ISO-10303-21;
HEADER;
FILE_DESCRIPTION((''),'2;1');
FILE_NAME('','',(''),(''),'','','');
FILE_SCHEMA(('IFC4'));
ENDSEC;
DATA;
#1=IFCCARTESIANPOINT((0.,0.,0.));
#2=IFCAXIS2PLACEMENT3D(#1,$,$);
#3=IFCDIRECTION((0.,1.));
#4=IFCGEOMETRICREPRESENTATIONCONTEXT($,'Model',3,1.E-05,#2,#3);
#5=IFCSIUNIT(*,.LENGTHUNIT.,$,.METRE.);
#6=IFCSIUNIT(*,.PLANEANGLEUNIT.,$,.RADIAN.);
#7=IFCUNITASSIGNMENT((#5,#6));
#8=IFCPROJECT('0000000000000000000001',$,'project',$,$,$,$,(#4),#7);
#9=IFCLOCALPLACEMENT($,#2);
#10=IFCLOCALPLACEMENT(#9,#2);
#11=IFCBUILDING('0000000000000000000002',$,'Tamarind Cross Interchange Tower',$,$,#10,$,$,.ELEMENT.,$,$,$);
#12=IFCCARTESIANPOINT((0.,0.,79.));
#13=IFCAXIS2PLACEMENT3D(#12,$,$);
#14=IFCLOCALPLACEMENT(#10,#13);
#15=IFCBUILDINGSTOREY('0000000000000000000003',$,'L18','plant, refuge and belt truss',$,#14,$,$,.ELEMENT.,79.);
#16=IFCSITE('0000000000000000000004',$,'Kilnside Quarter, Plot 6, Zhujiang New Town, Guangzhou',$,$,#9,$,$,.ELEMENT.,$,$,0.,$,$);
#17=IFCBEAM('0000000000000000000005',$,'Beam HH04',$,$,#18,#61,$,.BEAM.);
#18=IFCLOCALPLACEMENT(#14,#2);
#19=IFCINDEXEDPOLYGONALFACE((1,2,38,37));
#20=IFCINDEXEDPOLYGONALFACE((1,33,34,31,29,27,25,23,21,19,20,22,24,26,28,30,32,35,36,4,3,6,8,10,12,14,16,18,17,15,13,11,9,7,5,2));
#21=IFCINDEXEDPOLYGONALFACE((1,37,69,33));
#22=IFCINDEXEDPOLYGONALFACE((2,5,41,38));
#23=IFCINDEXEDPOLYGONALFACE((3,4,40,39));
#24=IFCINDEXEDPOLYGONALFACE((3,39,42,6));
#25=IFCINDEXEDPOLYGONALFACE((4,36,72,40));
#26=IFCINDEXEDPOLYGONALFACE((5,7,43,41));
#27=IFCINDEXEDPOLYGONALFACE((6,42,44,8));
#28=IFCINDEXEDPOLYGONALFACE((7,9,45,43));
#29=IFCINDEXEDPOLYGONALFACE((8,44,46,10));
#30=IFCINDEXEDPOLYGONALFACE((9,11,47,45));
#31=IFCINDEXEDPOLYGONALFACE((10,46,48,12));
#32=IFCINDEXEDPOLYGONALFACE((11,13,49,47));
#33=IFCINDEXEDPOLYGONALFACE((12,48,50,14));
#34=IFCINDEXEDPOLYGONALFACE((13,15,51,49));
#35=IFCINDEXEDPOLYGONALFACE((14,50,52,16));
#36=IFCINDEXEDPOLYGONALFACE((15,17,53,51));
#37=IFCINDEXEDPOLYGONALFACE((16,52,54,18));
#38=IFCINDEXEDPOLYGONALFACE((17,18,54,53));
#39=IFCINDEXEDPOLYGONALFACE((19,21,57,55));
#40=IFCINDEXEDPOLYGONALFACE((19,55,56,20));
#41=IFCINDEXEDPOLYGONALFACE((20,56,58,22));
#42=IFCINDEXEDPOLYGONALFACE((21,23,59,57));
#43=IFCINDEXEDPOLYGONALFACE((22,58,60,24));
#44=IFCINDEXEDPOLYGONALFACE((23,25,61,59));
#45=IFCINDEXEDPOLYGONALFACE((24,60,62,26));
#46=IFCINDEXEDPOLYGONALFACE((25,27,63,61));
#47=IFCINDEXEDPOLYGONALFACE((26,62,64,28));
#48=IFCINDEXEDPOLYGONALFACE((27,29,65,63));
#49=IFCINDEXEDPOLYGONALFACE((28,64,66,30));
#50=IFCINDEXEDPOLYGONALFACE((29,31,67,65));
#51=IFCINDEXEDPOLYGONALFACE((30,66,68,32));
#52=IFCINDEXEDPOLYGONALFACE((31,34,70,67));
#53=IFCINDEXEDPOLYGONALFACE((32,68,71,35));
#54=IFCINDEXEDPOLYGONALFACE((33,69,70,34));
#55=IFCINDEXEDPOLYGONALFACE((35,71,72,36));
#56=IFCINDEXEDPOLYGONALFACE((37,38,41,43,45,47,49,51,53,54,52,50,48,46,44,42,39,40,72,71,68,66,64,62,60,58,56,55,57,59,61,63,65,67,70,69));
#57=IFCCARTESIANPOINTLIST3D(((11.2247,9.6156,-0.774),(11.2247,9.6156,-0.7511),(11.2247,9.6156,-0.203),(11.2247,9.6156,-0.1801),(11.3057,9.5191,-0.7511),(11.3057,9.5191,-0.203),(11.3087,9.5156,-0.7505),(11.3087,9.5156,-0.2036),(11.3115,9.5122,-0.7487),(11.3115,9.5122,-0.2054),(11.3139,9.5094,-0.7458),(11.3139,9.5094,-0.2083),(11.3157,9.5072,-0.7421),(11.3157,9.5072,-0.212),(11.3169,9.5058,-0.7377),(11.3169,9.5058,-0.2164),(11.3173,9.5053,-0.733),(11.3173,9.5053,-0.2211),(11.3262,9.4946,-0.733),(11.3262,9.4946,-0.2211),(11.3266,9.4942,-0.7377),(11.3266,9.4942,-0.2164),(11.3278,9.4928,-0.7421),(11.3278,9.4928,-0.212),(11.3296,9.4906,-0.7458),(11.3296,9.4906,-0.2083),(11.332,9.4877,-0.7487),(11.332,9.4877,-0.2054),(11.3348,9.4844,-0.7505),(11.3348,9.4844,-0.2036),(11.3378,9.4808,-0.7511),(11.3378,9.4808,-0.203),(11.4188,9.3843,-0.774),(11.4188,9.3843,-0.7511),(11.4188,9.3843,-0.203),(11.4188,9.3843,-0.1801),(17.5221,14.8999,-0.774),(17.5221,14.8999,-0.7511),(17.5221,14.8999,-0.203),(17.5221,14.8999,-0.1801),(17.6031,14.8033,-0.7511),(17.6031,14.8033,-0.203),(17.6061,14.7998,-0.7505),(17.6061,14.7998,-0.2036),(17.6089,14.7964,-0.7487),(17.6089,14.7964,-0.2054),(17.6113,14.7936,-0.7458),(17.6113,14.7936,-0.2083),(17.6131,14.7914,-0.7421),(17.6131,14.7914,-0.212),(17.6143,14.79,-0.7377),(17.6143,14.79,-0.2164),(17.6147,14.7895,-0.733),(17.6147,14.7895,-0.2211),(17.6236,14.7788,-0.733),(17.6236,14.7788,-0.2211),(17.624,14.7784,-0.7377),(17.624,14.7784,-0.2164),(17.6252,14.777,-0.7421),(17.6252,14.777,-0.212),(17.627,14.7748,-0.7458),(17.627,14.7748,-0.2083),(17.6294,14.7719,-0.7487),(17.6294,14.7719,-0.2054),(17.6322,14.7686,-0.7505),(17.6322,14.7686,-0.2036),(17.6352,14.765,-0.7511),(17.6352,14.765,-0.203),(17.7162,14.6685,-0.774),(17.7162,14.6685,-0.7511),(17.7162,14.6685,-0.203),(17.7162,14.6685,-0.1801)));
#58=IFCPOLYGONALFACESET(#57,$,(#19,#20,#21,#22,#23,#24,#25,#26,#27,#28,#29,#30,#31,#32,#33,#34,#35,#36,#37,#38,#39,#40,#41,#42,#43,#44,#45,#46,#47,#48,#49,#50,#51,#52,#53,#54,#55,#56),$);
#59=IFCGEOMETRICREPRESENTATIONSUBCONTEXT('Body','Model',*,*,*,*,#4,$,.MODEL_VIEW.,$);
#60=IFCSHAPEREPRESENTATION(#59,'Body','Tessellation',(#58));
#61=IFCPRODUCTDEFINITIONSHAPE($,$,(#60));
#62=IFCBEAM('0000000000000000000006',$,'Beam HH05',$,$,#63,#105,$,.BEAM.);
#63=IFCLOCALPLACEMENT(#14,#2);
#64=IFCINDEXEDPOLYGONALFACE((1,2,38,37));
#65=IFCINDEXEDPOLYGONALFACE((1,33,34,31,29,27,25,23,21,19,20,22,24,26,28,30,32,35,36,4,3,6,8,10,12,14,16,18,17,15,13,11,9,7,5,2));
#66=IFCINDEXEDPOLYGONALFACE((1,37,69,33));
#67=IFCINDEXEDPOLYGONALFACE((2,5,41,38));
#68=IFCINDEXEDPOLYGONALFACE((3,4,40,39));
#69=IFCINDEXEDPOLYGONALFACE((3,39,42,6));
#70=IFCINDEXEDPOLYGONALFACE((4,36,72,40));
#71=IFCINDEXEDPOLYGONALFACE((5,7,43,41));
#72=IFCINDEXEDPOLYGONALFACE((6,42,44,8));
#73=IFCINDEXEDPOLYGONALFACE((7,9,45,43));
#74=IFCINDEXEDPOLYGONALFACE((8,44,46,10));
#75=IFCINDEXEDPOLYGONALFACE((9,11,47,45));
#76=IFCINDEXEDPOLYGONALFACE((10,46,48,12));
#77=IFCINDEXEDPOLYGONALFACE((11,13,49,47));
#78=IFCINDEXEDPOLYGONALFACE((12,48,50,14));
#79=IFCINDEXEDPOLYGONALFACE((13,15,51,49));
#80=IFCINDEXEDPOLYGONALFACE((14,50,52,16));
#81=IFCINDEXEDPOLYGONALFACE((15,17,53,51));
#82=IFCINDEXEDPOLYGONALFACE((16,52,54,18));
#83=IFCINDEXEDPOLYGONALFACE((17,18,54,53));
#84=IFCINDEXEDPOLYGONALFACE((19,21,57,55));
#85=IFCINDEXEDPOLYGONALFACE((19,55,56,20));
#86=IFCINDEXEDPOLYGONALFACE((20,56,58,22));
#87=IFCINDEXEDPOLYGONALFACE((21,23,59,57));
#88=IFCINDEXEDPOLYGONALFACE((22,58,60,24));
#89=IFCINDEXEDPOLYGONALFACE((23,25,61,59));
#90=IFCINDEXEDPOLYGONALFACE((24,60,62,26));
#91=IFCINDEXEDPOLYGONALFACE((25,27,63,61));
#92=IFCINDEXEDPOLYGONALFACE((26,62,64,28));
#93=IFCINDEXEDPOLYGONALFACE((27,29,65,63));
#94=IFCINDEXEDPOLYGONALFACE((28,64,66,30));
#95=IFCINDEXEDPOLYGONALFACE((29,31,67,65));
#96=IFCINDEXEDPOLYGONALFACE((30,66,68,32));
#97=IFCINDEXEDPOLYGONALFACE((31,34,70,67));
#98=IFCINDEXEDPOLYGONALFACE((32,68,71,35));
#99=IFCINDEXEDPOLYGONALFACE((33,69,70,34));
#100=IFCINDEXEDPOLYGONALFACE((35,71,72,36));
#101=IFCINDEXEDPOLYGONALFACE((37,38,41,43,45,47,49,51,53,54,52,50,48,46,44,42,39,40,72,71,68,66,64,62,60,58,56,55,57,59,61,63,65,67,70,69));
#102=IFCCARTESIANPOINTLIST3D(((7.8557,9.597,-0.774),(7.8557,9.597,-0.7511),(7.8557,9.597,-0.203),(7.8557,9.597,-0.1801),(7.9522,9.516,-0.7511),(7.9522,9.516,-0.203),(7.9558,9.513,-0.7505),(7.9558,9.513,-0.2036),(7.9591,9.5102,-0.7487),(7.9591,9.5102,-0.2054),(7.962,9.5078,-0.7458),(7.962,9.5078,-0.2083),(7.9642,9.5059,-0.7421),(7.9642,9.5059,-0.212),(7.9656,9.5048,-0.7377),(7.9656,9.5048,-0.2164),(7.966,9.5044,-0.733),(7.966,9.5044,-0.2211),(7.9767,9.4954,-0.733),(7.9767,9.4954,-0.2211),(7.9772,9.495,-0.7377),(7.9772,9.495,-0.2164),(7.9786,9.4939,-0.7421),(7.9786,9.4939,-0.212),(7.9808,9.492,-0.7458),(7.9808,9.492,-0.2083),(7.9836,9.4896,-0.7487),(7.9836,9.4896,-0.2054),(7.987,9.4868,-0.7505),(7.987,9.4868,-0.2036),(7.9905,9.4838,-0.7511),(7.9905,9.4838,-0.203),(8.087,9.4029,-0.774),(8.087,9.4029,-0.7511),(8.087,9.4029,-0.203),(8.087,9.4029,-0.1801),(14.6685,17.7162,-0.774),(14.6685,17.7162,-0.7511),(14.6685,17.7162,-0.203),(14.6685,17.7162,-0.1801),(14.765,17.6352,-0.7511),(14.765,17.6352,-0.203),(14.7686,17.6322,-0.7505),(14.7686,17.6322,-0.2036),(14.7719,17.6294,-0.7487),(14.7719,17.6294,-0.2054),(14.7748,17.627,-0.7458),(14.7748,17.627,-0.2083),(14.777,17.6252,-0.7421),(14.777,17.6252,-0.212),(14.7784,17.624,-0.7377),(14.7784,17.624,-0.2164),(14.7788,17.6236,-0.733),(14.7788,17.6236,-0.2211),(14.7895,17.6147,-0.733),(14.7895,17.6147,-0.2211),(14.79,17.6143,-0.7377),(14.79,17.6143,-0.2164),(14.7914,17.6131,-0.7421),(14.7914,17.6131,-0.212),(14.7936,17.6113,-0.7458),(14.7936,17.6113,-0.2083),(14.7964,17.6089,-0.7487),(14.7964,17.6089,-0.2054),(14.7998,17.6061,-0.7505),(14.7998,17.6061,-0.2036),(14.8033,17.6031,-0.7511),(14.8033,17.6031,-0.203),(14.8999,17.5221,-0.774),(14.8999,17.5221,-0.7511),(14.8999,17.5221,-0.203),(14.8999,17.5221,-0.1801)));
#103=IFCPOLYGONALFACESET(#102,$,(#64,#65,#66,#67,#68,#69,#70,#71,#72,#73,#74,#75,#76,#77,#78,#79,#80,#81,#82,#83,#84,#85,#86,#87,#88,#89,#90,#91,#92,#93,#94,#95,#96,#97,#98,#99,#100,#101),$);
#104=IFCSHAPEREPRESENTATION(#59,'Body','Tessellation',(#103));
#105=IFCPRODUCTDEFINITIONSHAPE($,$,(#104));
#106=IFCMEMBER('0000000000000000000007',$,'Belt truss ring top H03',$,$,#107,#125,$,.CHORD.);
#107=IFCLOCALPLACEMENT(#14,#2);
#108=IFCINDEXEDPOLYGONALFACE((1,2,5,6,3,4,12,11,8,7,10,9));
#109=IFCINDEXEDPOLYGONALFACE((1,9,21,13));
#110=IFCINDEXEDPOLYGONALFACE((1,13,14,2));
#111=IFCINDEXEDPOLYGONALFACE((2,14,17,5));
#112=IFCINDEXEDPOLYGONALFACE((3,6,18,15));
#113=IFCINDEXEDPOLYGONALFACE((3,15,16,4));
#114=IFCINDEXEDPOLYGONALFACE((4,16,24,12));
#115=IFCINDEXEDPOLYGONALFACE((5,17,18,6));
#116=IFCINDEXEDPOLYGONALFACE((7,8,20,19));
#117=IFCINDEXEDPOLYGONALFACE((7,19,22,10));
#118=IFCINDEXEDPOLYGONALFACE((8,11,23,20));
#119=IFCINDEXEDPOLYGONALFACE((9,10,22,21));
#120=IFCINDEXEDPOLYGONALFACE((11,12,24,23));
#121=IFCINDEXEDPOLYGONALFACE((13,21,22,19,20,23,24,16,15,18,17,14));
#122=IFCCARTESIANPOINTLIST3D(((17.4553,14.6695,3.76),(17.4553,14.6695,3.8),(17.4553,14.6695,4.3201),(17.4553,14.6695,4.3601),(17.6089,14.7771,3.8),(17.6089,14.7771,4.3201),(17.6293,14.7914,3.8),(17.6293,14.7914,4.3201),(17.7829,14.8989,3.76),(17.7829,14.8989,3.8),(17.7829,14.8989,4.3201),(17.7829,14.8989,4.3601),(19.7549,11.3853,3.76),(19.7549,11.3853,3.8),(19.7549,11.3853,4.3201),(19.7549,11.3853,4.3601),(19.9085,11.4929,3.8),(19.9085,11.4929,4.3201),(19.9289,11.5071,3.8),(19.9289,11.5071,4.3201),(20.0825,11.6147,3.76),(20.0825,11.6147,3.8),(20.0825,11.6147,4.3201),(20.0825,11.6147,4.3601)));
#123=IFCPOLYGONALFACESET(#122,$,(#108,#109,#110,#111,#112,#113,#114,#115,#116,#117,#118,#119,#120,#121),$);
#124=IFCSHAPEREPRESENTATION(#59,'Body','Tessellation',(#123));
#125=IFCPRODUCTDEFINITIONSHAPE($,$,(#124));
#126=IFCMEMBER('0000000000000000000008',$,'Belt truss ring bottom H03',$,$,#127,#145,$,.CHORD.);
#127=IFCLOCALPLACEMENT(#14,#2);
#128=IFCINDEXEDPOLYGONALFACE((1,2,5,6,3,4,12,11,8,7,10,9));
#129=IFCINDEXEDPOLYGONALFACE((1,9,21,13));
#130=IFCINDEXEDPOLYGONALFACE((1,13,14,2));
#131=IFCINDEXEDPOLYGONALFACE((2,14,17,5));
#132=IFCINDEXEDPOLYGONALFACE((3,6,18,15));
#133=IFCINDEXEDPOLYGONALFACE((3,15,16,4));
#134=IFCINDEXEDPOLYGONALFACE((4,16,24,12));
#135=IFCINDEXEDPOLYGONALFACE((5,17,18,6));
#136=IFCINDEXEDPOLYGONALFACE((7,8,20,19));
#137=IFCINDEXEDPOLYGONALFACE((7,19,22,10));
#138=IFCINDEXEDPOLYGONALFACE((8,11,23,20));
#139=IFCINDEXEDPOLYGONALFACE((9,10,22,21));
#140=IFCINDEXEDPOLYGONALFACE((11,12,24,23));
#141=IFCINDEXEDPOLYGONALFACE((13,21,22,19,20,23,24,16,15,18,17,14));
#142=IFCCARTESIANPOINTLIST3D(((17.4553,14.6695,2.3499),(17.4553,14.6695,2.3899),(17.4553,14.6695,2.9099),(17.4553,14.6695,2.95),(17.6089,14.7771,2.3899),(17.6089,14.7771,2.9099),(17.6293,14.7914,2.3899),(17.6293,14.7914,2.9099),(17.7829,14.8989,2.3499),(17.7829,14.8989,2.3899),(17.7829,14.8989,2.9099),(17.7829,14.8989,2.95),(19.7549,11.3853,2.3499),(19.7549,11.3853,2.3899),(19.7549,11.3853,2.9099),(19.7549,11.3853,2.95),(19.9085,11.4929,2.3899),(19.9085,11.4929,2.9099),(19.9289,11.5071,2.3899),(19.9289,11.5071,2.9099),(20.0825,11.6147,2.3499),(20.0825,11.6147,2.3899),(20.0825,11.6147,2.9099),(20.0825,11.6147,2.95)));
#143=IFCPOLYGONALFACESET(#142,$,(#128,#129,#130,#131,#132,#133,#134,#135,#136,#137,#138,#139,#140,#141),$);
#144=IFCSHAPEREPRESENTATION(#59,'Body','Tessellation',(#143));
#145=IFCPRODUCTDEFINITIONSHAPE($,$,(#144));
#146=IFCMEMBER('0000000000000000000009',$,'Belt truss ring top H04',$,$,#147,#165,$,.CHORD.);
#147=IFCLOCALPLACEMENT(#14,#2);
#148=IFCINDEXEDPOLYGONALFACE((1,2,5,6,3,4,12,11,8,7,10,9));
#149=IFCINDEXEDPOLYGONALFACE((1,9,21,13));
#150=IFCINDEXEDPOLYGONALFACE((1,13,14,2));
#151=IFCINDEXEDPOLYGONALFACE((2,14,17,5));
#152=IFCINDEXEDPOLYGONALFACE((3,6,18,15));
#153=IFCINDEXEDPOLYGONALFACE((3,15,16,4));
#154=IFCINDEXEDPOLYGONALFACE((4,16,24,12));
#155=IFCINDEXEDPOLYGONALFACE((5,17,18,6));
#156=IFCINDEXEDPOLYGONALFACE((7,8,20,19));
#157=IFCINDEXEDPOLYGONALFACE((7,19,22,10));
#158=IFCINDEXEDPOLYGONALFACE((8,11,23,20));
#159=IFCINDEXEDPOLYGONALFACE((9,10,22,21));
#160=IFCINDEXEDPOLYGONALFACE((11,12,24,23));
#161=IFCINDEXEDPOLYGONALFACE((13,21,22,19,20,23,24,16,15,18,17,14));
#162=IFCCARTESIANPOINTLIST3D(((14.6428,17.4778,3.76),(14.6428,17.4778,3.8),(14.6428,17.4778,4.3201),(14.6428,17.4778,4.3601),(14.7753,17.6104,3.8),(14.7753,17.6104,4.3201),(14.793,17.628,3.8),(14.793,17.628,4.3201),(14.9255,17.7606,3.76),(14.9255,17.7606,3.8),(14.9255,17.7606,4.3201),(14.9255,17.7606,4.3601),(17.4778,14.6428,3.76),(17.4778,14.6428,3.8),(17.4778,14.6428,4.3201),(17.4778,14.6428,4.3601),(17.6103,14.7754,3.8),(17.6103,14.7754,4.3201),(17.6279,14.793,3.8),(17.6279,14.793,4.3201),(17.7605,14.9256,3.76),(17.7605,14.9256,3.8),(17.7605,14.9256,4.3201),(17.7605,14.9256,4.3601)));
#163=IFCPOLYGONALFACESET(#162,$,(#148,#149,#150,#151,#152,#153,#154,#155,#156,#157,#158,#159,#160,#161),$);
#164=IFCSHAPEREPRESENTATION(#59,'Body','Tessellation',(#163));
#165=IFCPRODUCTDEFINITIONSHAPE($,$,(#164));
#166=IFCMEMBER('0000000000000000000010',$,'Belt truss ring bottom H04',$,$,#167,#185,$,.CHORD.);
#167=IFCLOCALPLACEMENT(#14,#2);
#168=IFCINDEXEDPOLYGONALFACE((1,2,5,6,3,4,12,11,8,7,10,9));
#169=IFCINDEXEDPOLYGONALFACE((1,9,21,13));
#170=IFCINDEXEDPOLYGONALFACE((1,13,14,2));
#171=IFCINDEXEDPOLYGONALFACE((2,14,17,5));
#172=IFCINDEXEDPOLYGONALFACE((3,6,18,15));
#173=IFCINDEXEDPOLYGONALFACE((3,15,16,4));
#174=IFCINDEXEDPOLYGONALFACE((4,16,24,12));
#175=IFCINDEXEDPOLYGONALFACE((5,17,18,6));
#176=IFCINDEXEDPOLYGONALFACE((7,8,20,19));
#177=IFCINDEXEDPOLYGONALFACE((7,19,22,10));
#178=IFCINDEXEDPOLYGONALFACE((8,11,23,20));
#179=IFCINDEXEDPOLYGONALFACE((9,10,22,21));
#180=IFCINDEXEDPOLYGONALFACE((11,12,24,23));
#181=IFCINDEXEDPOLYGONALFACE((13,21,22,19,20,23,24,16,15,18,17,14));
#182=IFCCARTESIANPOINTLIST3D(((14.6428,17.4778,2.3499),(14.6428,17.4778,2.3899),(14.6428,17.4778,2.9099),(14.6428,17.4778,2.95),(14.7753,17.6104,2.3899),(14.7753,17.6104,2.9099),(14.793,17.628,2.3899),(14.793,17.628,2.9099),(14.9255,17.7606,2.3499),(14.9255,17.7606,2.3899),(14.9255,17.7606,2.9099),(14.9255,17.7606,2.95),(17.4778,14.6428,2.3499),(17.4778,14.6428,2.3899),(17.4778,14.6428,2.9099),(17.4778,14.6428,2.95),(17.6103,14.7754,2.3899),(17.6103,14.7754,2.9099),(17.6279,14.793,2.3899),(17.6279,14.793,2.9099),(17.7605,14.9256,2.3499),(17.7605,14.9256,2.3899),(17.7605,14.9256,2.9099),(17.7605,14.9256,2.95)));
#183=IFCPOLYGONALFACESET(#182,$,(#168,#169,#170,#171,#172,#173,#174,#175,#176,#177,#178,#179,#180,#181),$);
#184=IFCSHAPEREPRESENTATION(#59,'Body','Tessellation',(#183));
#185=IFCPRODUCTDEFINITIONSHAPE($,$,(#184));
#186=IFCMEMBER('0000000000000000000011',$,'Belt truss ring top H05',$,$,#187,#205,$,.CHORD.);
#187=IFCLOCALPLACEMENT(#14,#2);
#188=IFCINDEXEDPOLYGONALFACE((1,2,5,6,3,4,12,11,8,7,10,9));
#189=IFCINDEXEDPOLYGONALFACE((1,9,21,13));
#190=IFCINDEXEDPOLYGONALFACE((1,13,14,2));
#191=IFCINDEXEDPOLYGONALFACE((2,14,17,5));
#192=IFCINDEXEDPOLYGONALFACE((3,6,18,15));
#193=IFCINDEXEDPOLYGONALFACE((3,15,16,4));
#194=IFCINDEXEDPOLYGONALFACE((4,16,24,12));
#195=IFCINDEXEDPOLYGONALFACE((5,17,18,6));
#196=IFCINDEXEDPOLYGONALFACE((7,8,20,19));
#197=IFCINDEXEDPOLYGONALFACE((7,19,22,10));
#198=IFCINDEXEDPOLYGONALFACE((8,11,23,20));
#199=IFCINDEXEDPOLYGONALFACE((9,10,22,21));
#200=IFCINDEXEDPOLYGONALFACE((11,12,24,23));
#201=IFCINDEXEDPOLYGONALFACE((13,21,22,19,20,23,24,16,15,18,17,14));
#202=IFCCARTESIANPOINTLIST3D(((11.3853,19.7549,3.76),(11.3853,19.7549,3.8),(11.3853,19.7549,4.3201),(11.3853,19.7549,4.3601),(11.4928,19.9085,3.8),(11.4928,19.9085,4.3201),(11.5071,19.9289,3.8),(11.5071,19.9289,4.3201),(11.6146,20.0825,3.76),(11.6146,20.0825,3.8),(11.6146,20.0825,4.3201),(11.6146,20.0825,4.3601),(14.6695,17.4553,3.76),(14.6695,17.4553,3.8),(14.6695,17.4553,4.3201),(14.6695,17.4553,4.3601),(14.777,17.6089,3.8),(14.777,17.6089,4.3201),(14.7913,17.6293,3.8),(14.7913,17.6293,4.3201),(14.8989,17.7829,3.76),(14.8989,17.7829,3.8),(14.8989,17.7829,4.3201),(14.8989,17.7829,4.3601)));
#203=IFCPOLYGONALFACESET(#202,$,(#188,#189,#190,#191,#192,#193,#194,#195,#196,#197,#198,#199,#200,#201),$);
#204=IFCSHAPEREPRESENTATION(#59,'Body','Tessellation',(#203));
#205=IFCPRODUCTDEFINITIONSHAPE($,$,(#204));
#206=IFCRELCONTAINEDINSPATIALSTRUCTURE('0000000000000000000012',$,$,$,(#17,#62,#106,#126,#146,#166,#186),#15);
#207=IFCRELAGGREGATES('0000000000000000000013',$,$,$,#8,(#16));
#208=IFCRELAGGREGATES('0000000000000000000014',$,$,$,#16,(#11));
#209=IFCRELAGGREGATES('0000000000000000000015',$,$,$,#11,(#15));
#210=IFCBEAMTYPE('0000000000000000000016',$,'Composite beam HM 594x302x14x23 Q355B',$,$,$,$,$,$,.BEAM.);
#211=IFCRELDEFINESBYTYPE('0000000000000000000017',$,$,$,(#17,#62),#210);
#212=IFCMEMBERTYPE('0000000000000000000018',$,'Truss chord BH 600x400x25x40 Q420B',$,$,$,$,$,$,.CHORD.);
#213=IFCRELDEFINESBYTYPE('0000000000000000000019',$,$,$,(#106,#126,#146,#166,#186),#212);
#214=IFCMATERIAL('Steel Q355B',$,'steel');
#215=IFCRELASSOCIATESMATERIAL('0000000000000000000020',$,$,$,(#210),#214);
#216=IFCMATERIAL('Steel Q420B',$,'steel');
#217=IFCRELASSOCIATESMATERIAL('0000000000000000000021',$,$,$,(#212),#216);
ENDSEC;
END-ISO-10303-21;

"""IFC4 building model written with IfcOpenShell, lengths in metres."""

from ifc_helpers import new_model, si_unit, direction, frame, origin, origin_2d, place, context, subcontext, project, spatial, i_section, extrude, material, material_profile, profile_set, type_object, element, save


model = new_model("IFC4")

# Units and contexts
model_context = context("Model", 3, precision=1e-05, world=origin(), true_north=direction((0.0, 1.0)))
body_context = subcontext(model_context, "Body", "Model", "MODEL_VIEW")
ifc_project = project(units=[si_unit("LENGTHUNIT", "METRE"), si_unit("PLANEANGLEUNIT", "RADIAN")], contexts=[model_context])

# Site, building, storey
site_placement = place(None, origin())
site = spatial("IfcSite", under=ifc_project, at=site_placement, Name="Kilnside Quarter, Plot 6, Zhujiang New Town, Guangzhou", CompositionType="ELEMENT", RefElevation=0.0)
building_placement = place(site_placement, origin())
building = spatial("IfcBuilding", under=site, at=building_placement, Name="Tamarind Cross Interchange Tower", CompositionType="ELEMENT")
storey_placement = place(building_placement, frame((0.0, 0.0, 79.0)))
storey = spatial("IfcBuildingStorey", under=building, at=storey_placement, Name="L18", Description="plant, refuge and belt truss", CompositionType="ELEMENT", Elevation=79.0)

# Beams
ifc_material_1 = material(Name="Steel Q355B", Category="steel")
ifc_material_profile_1 = material_profile(ifc_material_1, i_section(OverallWidth=0.302, OverallDepth=0.594, WebThickness=0.0139, FlangeThickness=0.0229, FilletRadius=0.0181, at=origin_2d()), Name="HM 594x302x14x23")
ifc_profile_set_1 = profile_set([ifc_material_profile_1], Name="Steel Q355B")
beam_type = type_object("IfcBeamType", Name="Composite beam HM 594x302x14x23 Q355B", PredefinedType="BEAM", material=ifc_profile_set_1)
beam_1_placement = place(storey_placement, frame((17.6191, 14.7842, -0.4771), z_axis=(-0.766041, -0.642792, 0.0), x_axis=(0.642792, -0.766041, 0.0)))
element("IfcBeam", 1, at=beam_1_placement, inside=storey, type_object=beam_type, Name="Beam HH04", PredefinedType="BEAM", context=body_context, shape_type="SweptSolid", body=[
    extrude(i_section(OverallWidth=0.302, OverallDepth=0.594, WebThickness=0.0139, FlangeThickness=0.0229, FilletRadius=0.0181, at=origin_2d()), origin(), (0.0, 0.0, 1.0), 8.2207),
])
beam_2_placement = place(storey_placement, frame((14.7842, 17.6191, -0.4771), z_axis=(-0.642786, -0.766046, 0.0), x_axis=(0.766046, -0.642786, 0.0)))
element("IfcBeam", 2, at=beam_2_placement, inside=storey, type_object=beam_type, Name="Beam HH05", PredefinedType="BEAM", context=body_context, shape_type="SweptSolid", body=[
    extrude(i_section(OverallWidth=0.302, OverallDepth=0.594, WebThickness=0.0139, FlangeThickness=0.0229, FilletRadius=0.0181, at=origin_2d()), origin(), (0.0, 0.0, 1.0), 10.5989),
])

# Members
ifc_material_2 = material(Name="Steel Q420B", Category="steel")
ifc_material_profile_2 = material_profile(ifc_material_2, i_section(OverallWidth=0.3999, OverallDepth=0.6001, WebThickness=0.0249, FlangeThickness=0.04, at=origin_2d()), Name="BH 600x400x25x40")
ifc_profile_set_2 = profile_set([ifc_material_profile_2], Name="Steel Q420B")
member_type_1 = type_object("IfcMemberType", Name="Truss chord BH 600x400x25x40 Q420B", PredefinedType="CHORD", material=ifc_profile_set_2)
for number, where, z_axis, x_axis, name in (
    (3, (19.9187, 11.5, 4.0601), (-0.573569, 0.819158, 0.0), (-0.819158, -0.573569, 0.0), "Belt truss ring top H03"),
    (4, (19.9187, 11.5, 2.6499), (-0.573569, 0.819158, 0.0), (-0.819158, -0.573569, 0.0), "Belt truss ring bottom H03"),
    (5, (17.6191, 14.7842, 4.0601), (-0.707107, 0.707107, 0.0), (-0.707107, -0.707107, 0.0), "Belt truss ring top H04"),
    (6, (17.6191, 14.7842, 2.6499), (-0.707107, 0.707107, 0.0), (-0.707107, -0.707107, 0.0), "Belt truss ring bottom H04"),
    (7, (14.7842, 17.6191, 4.0601), (-0.819158, 0.573569, 0.0), (-0.573569, -0.819158, 0.0), "Belt truss ring top H05"),
):
    element("IfcMember", number, at=place(storey_placement, frame(where, z_axis=z_axis, x_axis=x_axis)), inside=storey, type_object=member_type_1, Name=name, PredefinedType="CHORD", context=body_context, shape_type="SweptSolid", body=[
        extrude(i_section(OverallWidth=0.3999, OverallDepth=0.6001, WebThickness=0.0249, FlangeThickness=0.04, at=origin_2d()), origin(), (0.0, 0.0, 1.0), 4.0093),
    ])

save(model, "model.ifc")
